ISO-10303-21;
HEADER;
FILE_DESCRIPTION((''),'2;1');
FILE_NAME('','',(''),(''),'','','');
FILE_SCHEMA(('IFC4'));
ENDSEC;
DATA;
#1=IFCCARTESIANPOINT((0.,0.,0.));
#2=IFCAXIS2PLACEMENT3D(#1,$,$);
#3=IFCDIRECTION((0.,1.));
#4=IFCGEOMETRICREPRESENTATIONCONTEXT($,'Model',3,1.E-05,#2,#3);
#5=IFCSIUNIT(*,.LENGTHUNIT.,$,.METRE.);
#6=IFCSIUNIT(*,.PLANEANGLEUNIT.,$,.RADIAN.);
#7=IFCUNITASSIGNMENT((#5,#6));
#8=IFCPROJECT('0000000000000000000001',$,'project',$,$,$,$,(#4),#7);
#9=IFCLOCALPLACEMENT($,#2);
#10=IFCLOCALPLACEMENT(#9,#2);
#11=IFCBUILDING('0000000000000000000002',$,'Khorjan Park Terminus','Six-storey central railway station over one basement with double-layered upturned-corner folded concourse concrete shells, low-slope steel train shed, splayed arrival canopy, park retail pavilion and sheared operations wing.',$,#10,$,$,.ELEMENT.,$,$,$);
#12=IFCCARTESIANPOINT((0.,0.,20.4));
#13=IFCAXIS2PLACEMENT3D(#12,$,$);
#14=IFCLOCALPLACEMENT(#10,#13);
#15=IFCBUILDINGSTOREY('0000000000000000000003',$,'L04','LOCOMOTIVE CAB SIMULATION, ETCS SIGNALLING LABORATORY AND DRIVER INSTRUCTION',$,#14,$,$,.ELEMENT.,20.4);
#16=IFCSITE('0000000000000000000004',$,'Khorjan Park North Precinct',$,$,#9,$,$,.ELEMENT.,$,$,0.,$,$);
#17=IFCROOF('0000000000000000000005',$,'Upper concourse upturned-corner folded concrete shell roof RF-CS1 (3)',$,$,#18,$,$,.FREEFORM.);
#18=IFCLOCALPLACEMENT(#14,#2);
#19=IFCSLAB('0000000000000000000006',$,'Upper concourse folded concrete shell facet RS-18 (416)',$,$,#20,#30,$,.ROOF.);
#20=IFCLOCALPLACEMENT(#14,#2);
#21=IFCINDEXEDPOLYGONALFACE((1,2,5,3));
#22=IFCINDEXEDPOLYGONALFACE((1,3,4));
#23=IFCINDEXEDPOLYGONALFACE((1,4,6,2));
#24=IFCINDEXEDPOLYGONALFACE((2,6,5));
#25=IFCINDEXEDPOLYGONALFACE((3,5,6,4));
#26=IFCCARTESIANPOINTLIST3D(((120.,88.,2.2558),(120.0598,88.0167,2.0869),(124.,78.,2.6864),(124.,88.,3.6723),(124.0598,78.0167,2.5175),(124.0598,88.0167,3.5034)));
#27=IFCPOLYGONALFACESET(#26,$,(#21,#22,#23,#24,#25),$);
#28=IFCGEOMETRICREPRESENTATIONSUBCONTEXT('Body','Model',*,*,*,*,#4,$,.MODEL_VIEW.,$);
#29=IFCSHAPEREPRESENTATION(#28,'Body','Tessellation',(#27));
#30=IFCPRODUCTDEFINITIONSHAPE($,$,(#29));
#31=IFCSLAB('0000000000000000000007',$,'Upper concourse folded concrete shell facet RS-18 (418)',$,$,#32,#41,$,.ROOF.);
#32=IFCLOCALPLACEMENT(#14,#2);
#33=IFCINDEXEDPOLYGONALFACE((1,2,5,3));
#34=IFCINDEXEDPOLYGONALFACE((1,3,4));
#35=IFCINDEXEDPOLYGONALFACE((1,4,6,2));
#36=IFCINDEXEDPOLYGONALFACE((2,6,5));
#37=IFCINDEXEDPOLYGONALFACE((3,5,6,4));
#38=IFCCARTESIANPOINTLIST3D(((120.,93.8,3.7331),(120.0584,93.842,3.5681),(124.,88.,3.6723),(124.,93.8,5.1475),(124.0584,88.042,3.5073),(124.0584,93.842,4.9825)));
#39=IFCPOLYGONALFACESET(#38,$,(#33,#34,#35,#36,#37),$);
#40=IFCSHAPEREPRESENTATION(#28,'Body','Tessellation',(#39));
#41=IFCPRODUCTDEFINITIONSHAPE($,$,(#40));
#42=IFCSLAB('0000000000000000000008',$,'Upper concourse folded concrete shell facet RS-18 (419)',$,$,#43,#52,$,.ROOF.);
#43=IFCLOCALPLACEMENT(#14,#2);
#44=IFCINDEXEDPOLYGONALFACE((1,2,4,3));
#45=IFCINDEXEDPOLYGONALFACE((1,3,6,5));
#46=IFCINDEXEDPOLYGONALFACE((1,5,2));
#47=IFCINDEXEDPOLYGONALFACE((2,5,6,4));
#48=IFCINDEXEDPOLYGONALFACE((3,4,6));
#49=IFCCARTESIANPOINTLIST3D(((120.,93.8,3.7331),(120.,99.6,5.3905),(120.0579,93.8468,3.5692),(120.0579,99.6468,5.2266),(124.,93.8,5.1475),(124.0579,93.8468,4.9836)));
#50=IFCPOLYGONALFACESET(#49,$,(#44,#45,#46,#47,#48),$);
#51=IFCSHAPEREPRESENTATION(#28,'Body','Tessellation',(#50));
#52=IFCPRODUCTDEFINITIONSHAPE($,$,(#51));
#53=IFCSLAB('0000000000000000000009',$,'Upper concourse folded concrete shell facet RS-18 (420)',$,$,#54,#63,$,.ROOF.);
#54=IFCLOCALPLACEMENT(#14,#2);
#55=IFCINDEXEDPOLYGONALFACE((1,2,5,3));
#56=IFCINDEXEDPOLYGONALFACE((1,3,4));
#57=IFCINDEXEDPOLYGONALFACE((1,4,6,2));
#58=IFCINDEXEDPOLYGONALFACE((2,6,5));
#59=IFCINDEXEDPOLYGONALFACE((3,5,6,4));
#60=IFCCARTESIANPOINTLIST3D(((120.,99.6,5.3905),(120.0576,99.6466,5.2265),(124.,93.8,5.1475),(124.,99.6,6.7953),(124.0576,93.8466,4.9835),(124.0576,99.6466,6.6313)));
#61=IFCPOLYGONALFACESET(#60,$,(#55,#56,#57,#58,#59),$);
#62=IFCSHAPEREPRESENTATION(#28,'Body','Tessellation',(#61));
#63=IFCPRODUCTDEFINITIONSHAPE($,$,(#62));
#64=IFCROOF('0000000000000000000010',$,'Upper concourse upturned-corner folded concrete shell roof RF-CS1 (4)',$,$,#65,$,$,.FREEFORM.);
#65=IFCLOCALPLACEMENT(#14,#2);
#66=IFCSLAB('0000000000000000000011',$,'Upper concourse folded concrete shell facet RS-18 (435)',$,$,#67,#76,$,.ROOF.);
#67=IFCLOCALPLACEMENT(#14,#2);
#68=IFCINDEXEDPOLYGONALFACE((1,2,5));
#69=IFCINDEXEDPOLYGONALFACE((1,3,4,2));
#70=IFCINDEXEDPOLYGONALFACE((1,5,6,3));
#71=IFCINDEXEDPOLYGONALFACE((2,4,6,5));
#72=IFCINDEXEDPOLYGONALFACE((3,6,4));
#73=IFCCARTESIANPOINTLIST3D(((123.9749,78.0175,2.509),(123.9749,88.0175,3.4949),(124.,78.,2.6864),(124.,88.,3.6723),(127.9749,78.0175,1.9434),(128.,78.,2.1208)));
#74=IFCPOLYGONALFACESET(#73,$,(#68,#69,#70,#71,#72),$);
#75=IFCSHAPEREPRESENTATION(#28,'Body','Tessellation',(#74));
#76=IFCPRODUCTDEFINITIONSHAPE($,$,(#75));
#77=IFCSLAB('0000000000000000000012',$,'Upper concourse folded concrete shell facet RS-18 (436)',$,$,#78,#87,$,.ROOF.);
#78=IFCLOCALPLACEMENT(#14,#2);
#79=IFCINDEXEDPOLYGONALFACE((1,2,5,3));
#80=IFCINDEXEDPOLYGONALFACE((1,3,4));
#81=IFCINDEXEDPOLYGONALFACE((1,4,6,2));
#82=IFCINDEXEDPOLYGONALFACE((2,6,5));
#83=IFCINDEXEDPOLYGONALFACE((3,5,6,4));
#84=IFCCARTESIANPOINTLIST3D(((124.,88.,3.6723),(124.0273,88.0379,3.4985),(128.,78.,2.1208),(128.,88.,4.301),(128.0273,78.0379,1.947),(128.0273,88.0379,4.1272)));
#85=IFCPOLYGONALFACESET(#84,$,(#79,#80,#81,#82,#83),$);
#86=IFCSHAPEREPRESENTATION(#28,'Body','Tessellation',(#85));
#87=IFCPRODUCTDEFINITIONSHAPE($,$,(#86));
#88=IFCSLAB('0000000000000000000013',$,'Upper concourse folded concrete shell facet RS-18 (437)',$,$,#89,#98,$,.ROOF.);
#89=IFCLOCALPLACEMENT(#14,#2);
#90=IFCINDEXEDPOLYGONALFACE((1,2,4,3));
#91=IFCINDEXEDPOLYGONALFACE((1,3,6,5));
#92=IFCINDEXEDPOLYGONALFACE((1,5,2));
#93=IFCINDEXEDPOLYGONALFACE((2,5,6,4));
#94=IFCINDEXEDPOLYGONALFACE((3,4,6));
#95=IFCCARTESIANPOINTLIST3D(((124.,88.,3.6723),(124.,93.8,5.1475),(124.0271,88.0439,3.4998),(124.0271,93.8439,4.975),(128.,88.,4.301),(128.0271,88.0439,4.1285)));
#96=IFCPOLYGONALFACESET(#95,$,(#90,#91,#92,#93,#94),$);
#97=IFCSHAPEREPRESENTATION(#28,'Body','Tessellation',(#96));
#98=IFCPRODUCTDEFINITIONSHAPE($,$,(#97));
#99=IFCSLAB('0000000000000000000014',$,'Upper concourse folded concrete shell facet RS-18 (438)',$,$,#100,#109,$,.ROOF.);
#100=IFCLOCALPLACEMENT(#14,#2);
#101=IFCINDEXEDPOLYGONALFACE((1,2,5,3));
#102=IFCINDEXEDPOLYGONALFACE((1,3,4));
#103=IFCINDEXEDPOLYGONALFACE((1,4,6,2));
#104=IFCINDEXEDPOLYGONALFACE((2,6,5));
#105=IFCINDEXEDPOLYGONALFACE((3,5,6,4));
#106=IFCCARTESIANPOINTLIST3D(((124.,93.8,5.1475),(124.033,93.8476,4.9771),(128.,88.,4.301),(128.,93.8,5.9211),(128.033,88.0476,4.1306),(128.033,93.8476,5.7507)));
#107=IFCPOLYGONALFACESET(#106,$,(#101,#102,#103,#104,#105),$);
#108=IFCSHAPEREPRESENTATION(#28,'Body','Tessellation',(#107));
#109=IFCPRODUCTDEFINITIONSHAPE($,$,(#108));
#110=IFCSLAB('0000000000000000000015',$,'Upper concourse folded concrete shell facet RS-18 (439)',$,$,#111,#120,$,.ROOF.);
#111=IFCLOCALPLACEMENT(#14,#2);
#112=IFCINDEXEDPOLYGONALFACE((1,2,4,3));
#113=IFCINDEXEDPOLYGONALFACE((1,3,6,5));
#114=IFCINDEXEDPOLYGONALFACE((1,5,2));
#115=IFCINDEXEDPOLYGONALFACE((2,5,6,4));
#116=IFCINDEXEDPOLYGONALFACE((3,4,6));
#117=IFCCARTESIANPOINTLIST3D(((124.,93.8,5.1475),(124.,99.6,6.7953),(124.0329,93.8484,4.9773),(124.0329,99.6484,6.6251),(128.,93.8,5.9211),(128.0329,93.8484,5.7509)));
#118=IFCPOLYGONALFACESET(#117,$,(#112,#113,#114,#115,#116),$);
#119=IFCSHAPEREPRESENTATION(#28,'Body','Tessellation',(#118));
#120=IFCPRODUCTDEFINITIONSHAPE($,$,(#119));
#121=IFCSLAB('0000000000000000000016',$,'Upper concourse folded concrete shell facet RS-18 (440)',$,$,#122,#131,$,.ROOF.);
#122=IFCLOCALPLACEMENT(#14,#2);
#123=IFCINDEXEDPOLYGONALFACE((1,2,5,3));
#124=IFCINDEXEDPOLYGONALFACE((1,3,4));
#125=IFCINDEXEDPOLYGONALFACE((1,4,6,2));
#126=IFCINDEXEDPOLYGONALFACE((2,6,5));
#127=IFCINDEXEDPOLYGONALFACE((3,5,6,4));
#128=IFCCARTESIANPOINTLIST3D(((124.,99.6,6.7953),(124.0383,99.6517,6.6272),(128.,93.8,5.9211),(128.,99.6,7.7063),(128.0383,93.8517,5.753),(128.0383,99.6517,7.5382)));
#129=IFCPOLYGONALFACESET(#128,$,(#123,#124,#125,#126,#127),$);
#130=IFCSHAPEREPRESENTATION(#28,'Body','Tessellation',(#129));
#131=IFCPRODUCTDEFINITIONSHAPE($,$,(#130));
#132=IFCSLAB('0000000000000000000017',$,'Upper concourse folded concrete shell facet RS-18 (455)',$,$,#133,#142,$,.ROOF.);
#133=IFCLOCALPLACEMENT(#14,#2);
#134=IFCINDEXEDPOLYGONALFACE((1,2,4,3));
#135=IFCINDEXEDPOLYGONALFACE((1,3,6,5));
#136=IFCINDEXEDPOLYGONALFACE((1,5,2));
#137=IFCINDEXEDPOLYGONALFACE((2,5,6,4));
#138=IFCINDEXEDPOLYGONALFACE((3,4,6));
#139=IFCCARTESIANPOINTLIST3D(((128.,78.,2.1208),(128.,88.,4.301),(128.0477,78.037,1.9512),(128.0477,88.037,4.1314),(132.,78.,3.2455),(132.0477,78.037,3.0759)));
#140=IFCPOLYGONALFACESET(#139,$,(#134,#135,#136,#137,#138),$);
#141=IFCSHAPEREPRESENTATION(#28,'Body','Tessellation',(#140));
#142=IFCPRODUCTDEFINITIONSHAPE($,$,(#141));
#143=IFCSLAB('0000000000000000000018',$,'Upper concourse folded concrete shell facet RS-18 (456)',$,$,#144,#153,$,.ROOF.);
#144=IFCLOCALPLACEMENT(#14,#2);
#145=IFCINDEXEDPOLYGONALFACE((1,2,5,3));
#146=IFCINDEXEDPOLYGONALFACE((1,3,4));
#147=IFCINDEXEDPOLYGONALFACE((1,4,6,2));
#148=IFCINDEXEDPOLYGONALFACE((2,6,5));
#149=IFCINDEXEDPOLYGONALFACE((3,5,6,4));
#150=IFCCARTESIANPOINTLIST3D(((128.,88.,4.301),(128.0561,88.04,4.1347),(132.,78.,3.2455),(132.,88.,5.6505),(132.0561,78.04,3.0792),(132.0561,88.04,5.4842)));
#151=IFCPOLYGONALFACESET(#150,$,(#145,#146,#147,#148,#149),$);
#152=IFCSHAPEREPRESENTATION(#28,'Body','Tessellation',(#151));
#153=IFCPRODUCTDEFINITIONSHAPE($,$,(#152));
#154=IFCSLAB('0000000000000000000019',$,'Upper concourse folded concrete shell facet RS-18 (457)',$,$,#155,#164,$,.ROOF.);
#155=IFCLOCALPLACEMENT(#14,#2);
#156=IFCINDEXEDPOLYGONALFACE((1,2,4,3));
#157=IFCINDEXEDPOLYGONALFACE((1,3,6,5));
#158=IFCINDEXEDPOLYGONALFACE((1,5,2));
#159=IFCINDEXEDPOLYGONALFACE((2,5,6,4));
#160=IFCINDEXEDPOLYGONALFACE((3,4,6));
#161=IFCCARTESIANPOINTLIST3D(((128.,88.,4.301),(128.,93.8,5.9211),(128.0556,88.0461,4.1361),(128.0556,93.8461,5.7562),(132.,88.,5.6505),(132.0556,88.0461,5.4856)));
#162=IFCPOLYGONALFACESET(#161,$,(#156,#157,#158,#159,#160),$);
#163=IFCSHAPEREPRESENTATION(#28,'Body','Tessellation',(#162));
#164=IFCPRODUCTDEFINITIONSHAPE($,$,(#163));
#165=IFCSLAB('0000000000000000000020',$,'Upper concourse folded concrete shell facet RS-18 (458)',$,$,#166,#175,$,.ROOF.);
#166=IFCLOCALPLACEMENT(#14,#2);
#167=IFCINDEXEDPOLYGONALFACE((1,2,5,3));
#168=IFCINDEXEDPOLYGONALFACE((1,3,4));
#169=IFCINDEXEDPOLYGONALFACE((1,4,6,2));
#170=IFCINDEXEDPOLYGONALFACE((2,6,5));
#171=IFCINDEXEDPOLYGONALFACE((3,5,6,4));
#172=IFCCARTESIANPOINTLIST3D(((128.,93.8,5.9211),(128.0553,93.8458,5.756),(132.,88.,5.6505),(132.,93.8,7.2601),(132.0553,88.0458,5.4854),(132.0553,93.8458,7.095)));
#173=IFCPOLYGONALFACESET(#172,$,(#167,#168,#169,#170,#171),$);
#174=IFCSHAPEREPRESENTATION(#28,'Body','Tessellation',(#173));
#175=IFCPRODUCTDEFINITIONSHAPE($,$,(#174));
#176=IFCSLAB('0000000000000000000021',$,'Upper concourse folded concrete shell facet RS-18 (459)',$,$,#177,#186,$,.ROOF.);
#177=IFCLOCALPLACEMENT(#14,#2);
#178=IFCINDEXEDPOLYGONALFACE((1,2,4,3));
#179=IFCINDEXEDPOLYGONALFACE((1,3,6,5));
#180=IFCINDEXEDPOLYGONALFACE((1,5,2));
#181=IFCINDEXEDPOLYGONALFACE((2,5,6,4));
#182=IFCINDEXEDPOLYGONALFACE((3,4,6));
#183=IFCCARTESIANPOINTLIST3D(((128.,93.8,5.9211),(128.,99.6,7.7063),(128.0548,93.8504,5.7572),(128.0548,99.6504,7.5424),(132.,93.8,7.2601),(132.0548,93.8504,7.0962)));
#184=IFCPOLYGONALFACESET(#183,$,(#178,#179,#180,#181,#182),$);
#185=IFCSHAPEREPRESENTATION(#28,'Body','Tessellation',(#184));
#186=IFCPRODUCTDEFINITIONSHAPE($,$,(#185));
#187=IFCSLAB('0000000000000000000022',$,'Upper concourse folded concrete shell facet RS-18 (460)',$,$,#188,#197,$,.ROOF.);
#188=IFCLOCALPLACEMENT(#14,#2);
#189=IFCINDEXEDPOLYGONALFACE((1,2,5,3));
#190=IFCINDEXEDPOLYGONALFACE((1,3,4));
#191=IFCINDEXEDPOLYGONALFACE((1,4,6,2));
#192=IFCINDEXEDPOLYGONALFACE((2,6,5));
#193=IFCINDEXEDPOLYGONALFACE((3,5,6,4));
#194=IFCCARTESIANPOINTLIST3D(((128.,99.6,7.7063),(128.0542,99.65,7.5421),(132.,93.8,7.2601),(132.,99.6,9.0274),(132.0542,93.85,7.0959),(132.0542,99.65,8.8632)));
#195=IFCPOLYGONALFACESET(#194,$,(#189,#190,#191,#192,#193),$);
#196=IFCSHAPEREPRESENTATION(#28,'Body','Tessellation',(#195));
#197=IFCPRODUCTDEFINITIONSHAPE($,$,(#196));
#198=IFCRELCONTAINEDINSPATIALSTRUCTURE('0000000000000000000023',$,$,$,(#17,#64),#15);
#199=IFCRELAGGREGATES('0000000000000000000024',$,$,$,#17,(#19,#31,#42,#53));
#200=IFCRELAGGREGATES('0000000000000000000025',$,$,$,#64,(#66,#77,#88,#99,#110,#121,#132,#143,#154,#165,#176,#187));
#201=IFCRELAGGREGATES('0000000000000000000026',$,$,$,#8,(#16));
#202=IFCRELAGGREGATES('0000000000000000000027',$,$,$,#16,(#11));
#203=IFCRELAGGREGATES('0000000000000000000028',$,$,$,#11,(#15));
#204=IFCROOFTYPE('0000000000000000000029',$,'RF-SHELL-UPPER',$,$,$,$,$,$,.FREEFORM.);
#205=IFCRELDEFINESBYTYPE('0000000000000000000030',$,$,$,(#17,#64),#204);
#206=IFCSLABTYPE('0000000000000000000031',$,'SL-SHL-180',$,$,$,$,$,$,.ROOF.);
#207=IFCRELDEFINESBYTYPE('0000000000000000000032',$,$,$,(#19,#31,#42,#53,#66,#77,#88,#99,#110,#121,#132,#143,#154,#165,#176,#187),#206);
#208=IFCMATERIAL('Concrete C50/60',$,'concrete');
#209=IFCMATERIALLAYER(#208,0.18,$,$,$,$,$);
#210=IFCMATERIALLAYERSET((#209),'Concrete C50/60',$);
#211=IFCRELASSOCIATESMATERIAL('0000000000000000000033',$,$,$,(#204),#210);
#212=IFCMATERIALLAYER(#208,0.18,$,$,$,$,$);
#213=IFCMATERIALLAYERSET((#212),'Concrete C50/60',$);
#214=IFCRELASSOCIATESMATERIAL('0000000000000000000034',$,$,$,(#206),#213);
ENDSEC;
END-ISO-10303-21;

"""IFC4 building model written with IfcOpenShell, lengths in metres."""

from ifc_helpers import new_model, si_unit, direction, frame, origin, place, context, subcontext, project, spatial, polyline, outline, extrude, material, layer, layer_set, type_object, element, aggregate, save


model = new_model("IFC4")

# Units and contexts
model_context = context("Model", 3, precision=1e-05, world=origin(), true_north=direction((0.0, 1.0)))
body_context = subcontext(model_context, "Body", "Model", "MODEL_VIEW")
ifc_project = project(units=[si_unit("LENGTHUNIT", "METRE"), si_unit("PLANEANGLEUNIT", "RADIAN")], contexts=[model_context])

# Site, building, storey
site_placement = place(None, origin())
site = spatial("IfcSite", under=ifc_project, at=site_placement, Name="Khorjan Park North Precinct", CompositionType="ELEMENT", RefElevation=0.0)
building_placement = place(site_placement, origin())
building = spatial("IfcBuilding", under=site, at=building_placement, Name="Khorjan Park Terminus", Description="Six-storey central railway station over one basement with double-layered upturned-corner folded concourse concrete shells, low-slope steel train shed, splayed arrival canopy, park retail pavilion and sheared operations wing.", CompositionType="ELEMENT")
storey_placement = place(building_placement, frame((0.0, 0.0, 20.4)))
storey = spatial("IfcBuildingStorey", under=building, at=storey_placement, Name="L04", Description="LOCOMOTIVE CAB SIMULATION, ETCS SIGNALLING LABORATORY AND DRIVER INSTRUCTION", CompositionType="ELEMENT", Elevation=20.4)

# Roofs, slabs
ifc_material = material(Name="Concrete C50/60", Category="concrete")
ifc_layer_1 = layer(ifc_material, 0.18)
ifc_layer_set_1 = layer_set([ifc_layer_1], Name="Concrete C50/60")
roof_type = type_object("IfcRoofType", Name="RF-SHELL-UPPER", PredefinedType="FREEFORM", material=ifc_layer_set_1)
roof_1_placement = place(storey_placement, origin())
roof_1 = element("IfcRoof", 1, at=roof_1_placement, inside=storey, type_object=roof_type, Name="Upper concourse upturned-corner folded concrete shell roof RF-CS1 (3)", PredefinedType="FREEFORM")
ifc_layer_2 = layer(ifc_material, 0.18)
ifc_layer_set_2 = layer_set([ifc_layer_2], Name="Concrete C50/60")
slab_type = type_object("IfcSlabType", Name="SL-SHL-180", PredefinedType="ROOF", material=ifc_layer_set_2)
slab_1_placement = place(storey_placement, frame((124.0, 78.0, 2.6864), z_axis=(-0.33238, -0.092536, 0.938595), x_axis=(0.0, 0.995175, 0.098114)))
slab_1 = element("IfcSlab", 2, at=slab_1_placement, type_object=slab_type, Name="Upper concourse folded concrete shell facet RS-18 (416)", PredefinedType="ROOF", context=body_context, shape_type="SweptSolid", body=[
    extrude(outline(polyline([(0.0, 0.0), (10.0485, 0.0), (9.9095, 4.2411), (0.0, 0.0)])), origin(), (0.0, 0.0, -1.0), 0.18),
])
slab_2_placement = place(storey_placement, frame((124.0, 88.0, 3.6723), z_axis=(-0.324182, -0.233185, 0.916805), x_axis=(0.0, 0.969144, 0.246497)))
slab_2 = element("IfcSlab", 3, at=slab_2_placement, type_object=slab_type, Name="Upper concourse folded concrete shell facet RS-18 (418)", PredefinedType="ROOF", context=body_context, shape_type="SweptSolid", body=[
    extrude(outline(polyline([(0.0, 0.0), (5.9847, 0.0), (5.636, 4.2284), (0.0, 0.0)])), origin(), (0.0, 0.0, -1.0), 0.18),
])
slab_3_placement = place(storey_placement, frame((120.0, 93.8, 3.7331), z_axis=(-0.321895, -0.260137, 0.910337), x_axis=(0.942795, 0.0, 0.333372)))
slab_3 = element("IfcSlab", 4, at=slab_3_placement, type_object=slab_type, Name="Upper concourse folded concrete shell facet RS-18 (419)", PredefinedType="ROOF", context=body_context, shape_type="SweptSolid", body=[
    extrude(outline(polyline([(0.0, 0.0), (4.2427, 0.0), (0.5525, 6.0068), (0.0, 0.0)])), origin(), (0.0, 0.0, -1.0), 0.18),
])
slab_4_placement = place(storey_placement, frame((124.0, 93.8, 5.1475), z_axis=(-0.32006, -0.258913, 0.911332), x_axis=(0.0, 0.961932, 0.273288)))
slab_4 = element("IfcSlab", 5, at=slab_4_placement, type_object=slab_type, Name="Upper concourse folded concrete shell facet RS-18 (420)", PredefinedType="ROOF", context=body_context, shape_type="SweptSolid", body=[
    extrude(outline(polyline([(0.0, 0.0), (6.0295, 0.0), (5.6456, 4.2221), (0.0, 0.0)])), origin(), (0.0, 0.0, -1.0), 0.18),
])
aggregate(roof_1, [slab_1, slab_2, slab_3, slab_4])
roof_2_placement = place(storey_placement, origin())
roof_2 = element("IfcRoof", 6, at=roof_2_placement, inside=storey, type_object=roof_type, Name="Upper concourse upturned-corner folded concrete shell roof RF-CS1 (4)", PredefinedType="FREEFORM")
slab_5_placement = place(storey_placement, frame((124.0, 78.0, 2.6864), z_axis=(0.139345, -0.097157, 0.985466), x_axis=(0.99015, 0.0, -0.140007)))
slab_5 = element("IfcSlab", 7, at=slab_5_placement, type_object=slab_type, Name="Upper concourse folded concrete shell facet RS-18 (435)", PredefinedType="ROOF", context=body_context, shape_type="SweptSolid", body=[
    extrude(outline(polyline([(0.0, 0.0), (4.0398, 0.0), (-0.138, 10.0475), (0.0, 0.0)])), origin(), (0.0, 0.0, -1.0), 0.18),
])
slab_6_placement = place(storey_placement, frame((128.0, 78.0, 2.1208), z_axis=(-0.151788, -0.210548, 0.965728), x_axis=(0.0, 0.977049, 0.213016)))
slab_6 = element("IfcSlab", 8, at=slab_6_placement, type_object=slab_type, Name="Upper concourse folded concrete shell facet RS-18 (436)", PredefinedType="ROOF", context=body_context, shape_type="SweptSolid", body=[
    extrude(outline(polyline([(0.0, 0.0), (10.2349, 0.0), (10.101, 4.0469), (0.0, 0.0)])), origin(), (0.0, 0.0, -1.0), 0.18),
])
slab_7_placement = place(storey_placement, frame((124.0, 88.0, 3.6723), z_axis=(-0.150588, -0.243686, 0.958092), x_axis=(0.987872, 0.0, 0.155269)))
slab_7 = element("IfcSlab", 9, at=slab_7_placement, type_object=slab_type, Name="Upper concourse folded concrete shell facet RS-18 (437)", PredefinedType="ROOF", context=body_context, shape_type="SweptSolid", body=[
    extrude(outline(polyline([(0.0, 0.0), (4.0491, 0.0), (0.2291, 5.9803), (0.0, 0.0)])), origin(), (0.0, 0.0, -1.0), 0.18),
])
slab_8_placement = place(storey_placement, frame((128.0, 88.0, 4.301), z_axis=(-0.18312, -0.26448, 0.946846), x_axis=(0.0, 0.963132, 0.269029)))
slab_8 = element("IfcSlab", 10, at=slab_8_placement, type_object=slab_type, Name="Upper concourse folded concrete shell facet RS-18 (438)", PredefinedType="ROOF", context=body_context, shape_type="SweptSolid", body=[
    extrude(outline(polyline([(0.0, 0.0), (6.022, 0.0), (5.8139, 4.0688), (0.0, 0.0)])), origin(), (0.0, 0.0, -1.0), 0.18),
])
slab_9_placement = place(storey_placement, frame((124.0, 93.8, 5.1475), z_axis=(-0.1829, -0.268678, 0.945706), x_axis=(0.981807, 0.0, 0.189881)))
slab_9 = element("IfcSlab", 11, at=slab_9_placement, type_object=slab_type, Name="Upper concourse folded concrete shell facet RS-18 (439)", PredefinedType="ROOF", context=body_context, shape_type="SweptSolid", body=[
    extrude(outline(polyline([(0.0, 0.0), (4.0741, 0.0), (0.3129, 6.0214), (0.0, 0.0)])), origin(), (0.0, 0.0, -1.0), 0.18),
])
slab_10_placement = place(storey_placement, frame((128.0, 93.8, 5.9211), z_axis=(-0.212692, -0.287443, 0.933884), x_axis=(0.0, 0.955752, 0.294174)))
slab_10 = element("IfcSlab", 12, at=slab_10_placement, type_object=slab_type, Name="Upper concourse folded concrete shell facet RS-18 (440)", PredefinedType="ROOF", context=body_context, shape_type="SweptSolid", body=[
    extrude(outline(polyline([(0.0, 0.0), (6.0685, 0.0), (5.8005, 4.0937), (0.0, 0.0)])), origin(), (0.0, 0.0, -1.0), 0.18),
])
slab_11_placement = place(storey_placement, frame((128.0, 78.0, 2.1208), z_axis=(-0.264907, -0.205406, 0.942143), x_axis=(0.96267, 0.0, 0.270679)))
slab_11 = element("IfcSlab", 13, at=slab_11_placement, type_object=slab_type, Name="Upper concourse folded concrete shell facet RS-18 (455)", PredefinedType="ROOF", context=body_context, shape_type="SweptSolid", body=[
    extrude(outline(polyline([(0.0, 0.0), (4.1551, 0.0), (0.5901, 10.2179), (0.0, 0.0)])), origin(), (0.0, 0.0, -1.0), 0.18),
])
slab_12_placement = place(storey_placement, frame((132.0, 78.0, 3.2455), z_axis=(-0.311682, -0.222185, 0.923844), x_axis=(0.0, 0.972277, 0.233833)))
slab_12 = element("IfcSlab", 14, at=slab_12_placement, type_object=slab_type, Name="Upper concourse folded concrete shell facet RS-18 (456)", PredefinedType="ROOF", context=body_context, shape_type="SweptSolid", body=[
    extrude(outline(polyline([(0.0, 0.0), (10.2851, 0.0), (9.9696, 4.2097), (0.0, 0.0)])), origin(), (0.0, 0.0, -1.0), 0.18),
])
slab_13_placement = place(storey_placement, frame((128.0, 88.0, 4.301), z_axis=(-0.309032, -0.255861, 0.915988), x_axis=(0.947528, 0.0, 0.319672)))
slab_13 = element("IfcSlab", 15, at=slab_13_placement, type_object=slab_type, Name="Upper concourse folded concrete shell facet RS-18 (457)", PredefinedType="ROOF", context=body_context, shape_type="SweptSolid", body=[
    extrude(outline(polyline([(0.0, 0.0), (4.2215, 0.0), (0.5179, 5.9997), (0.0, 0.0)])), origin(), (0.0, 0.0, -1.0), 0.18),
])
slab_14_placement = place(storey_placement, frame((132.0, 88.0, 5.6505), z_axis=(-0.306984, -0.254499, 0.917056), x_axis=(0.0, 0.963583, 0.267411)))
slab_14 = element("IfcSlab", 16, at=slab_14_placement, type_object=slab_type, Name="Upper concourse folded concrete shell facet RS-18 (458)", PredefinedType="ROOF", context=body_context, shape_type="SweptSolid", body=[
    extrude(outline(polyline([(0.0, 0.0), (6.0192, 0.0), (5.6611, 4.2029), (0.0, 0.0)])), origin(), (0.0, 0.0, -1.0), 0.18),
])
slab_15_placement = place(storey_placement, frame((128.0, 93.8, 5.9211), z_axis=(-0.304722, -0.280183, 0.910298), x_axis=(0.94828, 0.0, 0.317437)))
slab_15 = element("IfcSlab", 17, at=slab_15_placement, type_object=slab_type, Name="Upper concourse folded concrete shell facet RS-18 (459)", PredefinedType="ROOF", context=body_context, shape_type="SweptSolid", body=[
    extrude(outline(polyline([(0.0, 0.0), (4.2182, 0.0), (0.5667, 6.042), (0.0, 0.0)])), origin(), (0.0, 0.0, -1.0), 0.18),
])
slab_16_placement = place(storey_placement, frame((132.0, 93.8, 7.2601), z_axis=(-0.301257, -0.277935, 0.912139), x_axis=(0.0, 0.956578, 0.291476)))
slab_16 = element("IfcSlab", 18, at=slab_16_placement, type_object=slab_type, Name="Upper concourse folded concrete shell facet RS-18 (460)", PredefinedType="ROOF", context=body_context, shape_type="SweptSolid", body=[
    extrude(outline(polyline([(0.0, 0.0), (6.0633, 0.0), (5.6782, 4.1949), (0.0, 0.0)])), origin(), (0.0, 0.0, -1.0), 0.18),
])
aggregate(roof_2, [slab_5, slab_6, slab_7, slab_8, slab_9, slab_10, slab_11, slab_12, slab_13, slab_14, slab_15, slab_16])

save(model, "model.ifc")
